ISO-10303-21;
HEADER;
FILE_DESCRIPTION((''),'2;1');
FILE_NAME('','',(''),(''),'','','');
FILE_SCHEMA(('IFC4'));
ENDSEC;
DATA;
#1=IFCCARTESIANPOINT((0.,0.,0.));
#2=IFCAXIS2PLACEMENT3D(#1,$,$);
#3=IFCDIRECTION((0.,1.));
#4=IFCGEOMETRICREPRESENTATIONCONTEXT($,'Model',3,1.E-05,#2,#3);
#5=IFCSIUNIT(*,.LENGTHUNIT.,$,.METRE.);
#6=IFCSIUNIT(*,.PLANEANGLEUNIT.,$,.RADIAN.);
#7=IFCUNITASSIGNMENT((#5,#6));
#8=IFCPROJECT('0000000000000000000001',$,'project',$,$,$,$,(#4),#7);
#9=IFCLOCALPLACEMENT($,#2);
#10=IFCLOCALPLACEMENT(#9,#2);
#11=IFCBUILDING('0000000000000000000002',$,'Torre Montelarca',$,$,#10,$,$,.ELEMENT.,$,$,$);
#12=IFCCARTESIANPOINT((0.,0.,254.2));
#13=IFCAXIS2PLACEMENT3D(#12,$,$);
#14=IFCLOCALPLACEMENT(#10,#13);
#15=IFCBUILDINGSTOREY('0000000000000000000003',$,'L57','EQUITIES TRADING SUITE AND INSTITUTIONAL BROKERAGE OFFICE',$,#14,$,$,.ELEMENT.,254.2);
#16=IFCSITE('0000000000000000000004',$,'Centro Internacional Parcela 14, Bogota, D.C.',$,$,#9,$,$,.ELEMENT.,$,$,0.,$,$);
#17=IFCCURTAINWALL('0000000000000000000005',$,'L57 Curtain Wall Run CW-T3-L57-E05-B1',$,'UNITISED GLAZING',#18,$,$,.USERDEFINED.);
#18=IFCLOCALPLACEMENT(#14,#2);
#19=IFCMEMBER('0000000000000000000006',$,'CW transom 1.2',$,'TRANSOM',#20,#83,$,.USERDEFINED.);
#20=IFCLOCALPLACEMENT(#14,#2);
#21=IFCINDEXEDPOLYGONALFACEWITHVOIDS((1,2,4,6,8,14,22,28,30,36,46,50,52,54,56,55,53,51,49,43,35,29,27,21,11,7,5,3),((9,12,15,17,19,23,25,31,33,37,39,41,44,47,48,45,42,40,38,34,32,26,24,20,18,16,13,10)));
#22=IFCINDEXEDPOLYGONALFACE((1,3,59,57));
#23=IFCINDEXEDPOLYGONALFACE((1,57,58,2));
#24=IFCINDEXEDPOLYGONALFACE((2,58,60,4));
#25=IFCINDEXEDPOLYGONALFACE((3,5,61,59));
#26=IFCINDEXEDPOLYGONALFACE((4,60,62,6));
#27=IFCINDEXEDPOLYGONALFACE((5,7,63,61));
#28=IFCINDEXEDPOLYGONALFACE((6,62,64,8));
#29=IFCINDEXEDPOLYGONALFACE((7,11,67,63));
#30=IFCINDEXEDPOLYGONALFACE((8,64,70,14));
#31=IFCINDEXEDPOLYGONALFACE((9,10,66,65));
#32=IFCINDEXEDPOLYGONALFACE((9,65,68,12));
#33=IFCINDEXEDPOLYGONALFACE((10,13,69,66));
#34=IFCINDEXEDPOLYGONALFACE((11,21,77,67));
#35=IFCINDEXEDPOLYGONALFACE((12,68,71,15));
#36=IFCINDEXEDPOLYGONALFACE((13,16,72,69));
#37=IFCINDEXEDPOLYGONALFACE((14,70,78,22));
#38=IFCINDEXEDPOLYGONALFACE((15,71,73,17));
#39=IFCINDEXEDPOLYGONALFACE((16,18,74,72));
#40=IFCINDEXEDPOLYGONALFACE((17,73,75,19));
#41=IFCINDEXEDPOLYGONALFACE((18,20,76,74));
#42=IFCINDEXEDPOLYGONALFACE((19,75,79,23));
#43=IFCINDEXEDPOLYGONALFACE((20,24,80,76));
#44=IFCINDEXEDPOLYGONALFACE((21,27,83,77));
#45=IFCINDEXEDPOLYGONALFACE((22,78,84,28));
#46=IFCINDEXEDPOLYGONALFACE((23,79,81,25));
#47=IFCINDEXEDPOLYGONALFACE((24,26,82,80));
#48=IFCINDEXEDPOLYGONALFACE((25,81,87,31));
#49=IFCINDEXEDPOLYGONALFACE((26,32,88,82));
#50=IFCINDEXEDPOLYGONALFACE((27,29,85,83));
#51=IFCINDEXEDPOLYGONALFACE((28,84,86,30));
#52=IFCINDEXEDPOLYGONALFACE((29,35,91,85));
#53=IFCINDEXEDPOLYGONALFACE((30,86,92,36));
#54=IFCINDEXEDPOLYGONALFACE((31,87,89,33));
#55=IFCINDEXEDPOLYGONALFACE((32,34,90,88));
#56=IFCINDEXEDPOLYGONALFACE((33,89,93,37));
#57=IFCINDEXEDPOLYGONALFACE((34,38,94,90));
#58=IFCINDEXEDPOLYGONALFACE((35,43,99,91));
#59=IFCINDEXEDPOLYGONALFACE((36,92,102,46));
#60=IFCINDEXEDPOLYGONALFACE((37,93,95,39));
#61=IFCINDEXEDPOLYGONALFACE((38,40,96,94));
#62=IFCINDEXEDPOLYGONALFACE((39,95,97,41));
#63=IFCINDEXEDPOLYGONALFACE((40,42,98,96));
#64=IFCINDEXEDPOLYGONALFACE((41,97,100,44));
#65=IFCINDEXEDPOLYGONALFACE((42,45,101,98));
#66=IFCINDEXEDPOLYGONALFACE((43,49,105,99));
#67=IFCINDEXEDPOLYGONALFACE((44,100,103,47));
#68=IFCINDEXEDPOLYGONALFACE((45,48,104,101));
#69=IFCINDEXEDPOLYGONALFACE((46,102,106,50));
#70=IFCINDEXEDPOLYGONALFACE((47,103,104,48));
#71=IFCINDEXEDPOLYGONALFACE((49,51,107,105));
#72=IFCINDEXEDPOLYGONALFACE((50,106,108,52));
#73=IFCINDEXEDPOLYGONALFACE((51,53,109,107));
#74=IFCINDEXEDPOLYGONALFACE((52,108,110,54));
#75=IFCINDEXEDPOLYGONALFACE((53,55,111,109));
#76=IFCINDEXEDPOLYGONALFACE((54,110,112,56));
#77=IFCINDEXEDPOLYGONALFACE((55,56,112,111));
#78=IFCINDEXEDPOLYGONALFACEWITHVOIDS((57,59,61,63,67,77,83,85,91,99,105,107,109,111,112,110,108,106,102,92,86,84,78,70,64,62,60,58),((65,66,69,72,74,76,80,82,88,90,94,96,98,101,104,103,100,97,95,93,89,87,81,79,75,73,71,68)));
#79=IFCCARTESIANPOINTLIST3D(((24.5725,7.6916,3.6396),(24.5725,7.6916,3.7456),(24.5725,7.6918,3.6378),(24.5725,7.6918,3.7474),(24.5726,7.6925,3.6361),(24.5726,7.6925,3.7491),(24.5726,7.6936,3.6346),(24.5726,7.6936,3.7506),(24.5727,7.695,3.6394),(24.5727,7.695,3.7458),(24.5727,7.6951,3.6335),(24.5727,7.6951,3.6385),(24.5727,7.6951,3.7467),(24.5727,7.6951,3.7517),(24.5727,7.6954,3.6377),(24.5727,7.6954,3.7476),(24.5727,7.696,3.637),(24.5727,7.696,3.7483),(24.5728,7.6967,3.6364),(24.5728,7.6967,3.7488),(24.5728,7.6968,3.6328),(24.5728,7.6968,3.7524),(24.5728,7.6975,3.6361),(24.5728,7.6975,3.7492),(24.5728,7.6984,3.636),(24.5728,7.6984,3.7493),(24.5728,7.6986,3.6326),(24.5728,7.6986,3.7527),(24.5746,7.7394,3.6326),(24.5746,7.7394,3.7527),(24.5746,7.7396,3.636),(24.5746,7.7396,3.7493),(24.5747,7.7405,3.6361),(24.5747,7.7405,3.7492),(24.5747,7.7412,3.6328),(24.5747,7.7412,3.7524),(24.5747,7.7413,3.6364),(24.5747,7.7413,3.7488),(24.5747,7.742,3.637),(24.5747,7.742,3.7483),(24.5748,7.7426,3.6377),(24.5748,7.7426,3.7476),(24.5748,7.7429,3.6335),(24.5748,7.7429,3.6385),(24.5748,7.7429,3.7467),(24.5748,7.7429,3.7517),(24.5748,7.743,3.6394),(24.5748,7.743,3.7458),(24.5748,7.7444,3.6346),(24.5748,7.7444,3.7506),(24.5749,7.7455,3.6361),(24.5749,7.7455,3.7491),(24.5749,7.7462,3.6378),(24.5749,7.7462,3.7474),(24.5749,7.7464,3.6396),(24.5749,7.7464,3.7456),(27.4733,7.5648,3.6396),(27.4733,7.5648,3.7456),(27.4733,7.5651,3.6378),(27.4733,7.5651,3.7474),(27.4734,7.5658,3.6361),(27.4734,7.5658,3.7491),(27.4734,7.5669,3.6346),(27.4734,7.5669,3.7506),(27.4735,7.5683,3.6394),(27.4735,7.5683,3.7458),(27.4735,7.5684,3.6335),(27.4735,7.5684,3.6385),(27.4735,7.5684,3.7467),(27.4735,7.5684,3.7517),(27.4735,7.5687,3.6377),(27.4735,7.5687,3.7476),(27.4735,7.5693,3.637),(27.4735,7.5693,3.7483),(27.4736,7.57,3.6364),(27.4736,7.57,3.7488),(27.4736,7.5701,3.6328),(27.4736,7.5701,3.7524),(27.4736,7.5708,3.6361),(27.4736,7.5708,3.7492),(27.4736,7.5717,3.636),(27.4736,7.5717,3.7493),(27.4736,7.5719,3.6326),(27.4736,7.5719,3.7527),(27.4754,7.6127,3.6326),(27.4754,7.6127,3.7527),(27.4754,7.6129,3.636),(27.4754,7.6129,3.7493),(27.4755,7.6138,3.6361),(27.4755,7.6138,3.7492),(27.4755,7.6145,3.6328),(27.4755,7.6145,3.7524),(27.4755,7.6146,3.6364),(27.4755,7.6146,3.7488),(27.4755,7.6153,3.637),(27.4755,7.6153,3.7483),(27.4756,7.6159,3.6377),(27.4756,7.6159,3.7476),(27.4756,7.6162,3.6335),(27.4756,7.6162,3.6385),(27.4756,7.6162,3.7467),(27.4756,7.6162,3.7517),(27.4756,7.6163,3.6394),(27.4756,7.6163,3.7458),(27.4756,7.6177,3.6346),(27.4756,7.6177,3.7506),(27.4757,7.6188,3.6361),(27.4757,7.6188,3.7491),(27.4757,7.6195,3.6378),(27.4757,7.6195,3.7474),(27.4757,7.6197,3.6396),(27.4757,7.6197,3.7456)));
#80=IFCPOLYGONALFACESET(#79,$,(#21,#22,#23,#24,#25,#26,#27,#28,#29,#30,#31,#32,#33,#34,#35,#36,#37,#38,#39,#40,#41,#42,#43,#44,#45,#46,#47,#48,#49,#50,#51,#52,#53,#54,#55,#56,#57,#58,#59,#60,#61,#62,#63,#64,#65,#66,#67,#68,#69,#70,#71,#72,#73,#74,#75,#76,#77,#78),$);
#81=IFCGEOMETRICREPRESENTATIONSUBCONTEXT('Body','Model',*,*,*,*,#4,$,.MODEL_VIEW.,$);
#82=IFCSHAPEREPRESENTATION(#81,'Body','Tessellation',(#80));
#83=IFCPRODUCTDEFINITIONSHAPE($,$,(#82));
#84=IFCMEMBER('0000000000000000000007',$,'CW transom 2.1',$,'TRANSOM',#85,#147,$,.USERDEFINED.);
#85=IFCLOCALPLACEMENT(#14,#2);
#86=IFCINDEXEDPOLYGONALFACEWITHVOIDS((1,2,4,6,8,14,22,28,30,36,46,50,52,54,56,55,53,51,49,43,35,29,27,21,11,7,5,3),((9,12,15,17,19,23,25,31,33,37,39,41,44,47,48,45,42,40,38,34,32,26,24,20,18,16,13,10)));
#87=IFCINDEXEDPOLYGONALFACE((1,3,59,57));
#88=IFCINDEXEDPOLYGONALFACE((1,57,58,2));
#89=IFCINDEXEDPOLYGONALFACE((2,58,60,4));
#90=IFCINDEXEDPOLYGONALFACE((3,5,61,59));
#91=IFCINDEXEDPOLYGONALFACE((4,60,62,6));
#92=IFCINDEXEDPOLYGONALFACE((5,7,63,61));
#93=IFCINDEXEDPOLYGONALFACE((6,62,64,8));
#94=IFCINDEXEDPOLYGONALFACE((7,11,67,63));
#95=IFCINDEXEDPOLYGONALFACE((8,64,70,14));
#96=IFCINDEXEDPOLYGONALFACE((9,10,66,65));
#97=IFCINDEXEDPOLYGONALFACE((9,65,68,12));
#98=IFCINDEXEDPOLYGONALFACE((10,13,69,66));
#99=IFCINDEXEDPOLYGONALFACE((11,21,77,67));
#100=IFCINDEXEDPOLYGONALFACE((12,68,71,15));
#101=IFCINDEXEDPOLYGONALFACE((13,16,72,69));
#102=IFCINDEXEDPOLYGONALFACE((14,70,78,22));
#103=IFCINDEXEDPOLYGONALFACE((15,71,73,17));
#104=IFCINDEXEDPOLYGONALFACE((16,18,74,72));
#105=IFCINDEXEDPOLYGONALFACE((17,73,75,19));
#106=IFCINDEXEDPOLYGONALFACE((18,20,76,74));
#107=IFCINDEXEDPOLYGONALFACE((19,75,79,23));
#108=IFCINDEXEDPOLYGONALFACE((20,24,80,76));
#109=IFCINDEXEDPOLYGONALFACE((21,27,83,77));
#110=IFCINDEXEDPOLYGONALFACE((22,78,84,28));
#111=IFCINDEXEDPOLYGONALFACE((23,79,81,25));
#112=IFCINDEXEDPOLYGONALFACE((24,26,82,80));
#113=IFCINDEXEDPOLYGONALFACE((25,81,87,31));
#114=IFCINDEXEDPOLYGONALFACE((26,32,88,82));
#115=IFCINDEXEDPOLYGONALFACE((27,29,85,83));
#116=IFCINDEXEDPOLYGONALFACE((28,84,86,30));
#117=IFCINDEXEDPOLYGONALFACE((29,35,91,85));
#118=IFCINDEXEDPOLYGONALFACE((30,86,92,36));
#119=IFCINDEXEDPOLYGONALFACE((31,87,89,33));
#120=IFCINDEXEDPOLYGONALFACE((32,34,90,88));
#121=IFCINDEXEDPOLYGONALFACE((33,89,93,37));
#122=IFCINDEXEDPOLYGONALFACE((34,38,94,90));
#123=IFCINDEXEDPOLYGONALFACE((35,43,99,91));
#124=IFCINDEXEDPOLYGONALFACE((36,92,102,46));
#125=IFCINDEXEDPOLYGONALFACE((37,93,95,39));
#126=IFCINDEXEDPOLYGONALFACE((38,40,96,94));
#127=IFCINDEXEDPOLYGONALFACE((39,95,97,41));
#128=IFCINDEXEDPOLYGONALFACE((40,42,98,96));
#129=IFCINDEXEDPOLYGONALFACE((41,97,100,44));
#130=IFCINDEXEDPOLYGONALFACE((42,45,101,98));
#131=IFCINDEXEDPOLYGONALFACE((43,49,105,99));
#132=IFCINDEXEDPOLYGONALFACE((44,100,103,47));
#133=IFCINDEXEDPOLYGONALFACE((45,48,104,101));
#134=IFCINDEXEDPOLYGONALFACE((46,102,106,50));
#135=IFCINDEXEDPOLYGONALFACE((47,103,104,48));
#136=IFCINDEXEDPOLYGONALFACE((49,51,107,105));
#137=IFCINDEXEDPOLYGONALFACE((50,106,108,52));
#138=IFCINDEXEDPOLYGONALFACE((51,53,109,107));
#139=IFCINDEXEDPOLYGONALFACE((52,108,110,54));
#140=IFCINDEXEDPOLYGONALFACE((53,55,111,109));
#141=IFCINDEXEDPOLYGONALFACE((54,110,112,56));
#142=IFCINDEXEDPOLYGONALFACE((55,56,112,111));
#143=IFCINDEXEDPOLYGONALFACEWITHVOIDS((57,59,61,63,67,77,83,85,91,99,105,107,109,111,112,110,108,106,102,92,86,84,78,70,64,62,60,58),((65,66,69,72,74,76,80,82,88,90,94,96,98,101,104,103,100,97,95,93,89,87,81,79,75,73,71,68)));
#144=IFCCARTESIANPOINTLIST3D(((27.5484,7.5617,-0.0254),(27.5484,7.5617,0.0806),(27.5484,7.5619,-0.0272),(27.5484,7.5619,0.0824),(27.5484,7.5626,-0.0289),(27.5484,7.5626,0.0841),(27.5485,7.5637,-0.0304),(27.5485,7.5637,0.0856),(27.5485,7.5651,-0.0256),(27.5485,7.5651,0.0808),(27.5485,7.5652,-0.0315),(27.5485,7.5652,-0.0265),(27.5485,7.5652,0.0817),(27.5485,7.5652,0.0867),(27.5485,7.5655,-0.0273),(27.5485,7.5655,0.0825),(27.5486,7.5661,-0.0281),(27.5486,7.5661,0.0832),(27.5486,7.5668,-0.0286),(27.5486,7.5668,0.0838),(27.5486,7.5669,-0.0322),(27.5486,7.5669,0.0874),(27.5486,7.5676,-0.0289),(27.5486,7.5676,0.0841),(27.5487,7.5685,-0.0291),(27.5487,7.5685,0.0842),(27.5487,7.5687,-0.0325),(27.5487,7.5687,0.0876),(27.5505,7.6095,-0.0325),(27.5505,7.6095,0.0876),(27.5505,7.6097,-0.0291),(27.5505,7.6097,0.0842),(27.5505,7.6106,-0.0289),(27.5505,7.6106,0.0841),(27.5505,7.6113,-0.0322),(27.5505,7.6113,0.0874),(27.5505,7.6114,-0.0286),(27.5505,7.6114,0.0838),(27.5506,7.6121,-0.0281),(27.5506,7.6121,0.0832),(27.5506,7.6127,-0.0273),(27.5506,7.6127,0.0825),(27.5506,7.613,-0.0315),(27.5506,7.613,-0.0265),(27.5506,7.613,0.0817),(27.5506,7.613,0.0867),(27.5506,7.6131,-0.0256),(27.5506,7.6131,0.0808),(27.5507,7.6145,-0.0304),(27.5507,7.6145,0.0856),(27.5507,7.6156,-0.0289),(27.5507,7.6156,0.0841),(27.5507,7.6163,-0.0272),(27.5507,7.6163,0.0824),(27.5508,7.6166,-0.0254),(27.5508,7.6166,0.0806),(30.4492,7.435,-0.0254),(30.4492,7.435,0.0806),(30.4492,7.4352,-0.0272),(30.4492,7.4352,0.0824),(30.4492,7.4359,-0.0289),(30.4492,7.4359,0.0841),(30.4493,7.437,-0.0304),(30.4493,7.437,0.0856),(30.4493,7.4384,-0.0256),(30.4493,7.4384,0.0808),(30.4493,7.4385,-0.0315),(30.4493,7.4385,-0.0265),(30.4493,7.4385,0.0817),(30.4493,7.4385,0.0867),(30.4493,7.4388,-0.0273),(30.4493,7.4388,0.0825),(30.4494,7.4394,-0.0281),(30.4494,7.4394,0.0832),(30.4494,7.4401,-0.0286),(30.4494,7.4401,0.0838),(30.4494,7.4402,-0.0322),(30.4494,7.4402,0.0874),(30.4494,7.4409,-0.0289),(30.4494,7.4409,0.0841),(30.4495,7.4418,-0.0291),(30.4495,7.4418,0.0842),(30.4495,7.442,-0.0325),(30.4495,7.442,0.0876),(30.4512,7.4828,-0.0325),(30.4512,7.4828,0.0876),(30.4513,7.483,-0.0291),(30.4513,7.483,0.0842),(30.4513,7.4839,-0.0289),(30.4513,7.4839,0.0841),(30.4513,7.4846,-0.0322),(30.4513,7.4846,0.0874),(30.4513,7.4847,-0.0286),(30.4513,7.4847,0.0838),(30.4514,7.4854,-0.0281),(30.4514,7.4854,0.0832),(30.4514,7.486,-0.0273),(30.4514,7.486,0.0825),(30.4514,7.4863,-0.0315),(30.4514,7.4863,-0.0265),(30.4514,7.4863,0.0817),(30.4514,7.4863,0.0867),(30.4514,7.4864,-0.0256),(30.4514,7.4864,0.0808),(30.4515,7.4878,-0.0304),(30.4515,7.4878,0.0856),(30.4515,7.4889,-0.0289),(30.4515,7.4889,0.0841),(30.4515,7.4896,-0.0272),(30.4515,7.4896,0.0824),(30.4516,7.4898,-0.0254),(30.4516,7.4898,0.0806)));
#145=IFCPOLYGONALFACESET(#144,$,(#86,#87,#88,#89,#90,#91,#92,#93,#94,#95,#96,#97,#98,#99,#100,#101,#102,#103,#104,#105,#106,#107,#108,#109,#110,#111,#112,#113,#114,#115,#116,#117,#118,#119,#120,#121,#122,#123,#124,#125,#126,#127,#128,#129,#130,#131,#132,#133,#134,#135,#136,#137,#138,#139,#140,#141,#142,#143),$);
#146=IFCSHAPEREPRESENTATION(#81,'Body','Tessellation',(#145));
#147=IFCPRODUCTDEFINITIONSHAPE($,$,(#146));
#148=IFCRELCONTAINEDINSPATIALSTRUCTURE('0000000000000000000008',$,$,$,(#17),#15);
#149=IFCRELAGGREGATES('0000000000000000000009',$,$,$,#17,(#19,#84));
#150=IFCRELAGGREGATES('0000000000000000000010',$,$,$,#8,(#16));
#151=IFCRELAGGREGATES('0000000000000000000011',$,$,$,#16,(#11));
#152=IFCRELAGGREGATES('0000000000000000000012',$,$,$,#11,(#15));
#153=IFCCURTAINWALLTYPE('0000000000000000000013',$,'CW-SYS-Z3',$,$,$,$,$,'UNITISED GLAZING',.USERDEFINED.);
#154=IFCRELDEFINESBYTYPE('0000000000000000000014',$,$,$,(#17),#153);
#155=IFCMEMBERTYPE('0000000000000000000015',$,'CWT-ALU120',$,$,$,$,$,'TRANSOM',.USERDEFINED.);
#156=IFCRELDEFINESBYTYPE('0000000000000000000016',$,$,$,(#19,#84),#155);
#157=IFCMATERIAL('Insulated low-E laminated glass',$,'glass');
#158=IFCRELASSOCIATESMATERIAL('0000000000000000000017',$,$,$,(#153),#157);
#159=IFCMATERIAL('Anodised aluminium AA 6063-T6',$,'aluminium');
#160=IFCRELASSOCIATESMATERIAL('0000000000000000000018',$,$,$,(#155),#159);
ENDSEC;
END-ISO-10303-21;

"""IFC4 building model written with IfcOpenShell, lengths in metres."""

from ifc_helpers import new_model, si_unit, direction, frame, origin, origin_2d, place, context, subcontext, project, spatial, hollow_rectangle, extrude, source, transform, mapped, material, material_profile, profile_set, type_object, element, aggregate, save


model = new_model("IFC4")

# Units and contexts
model_context = context("Model", 3, precision=1e-05, world=origin(), true_north=direction((0.0, 1.0)))
body_context = subcontext(model_context, "Body", "Model", "MODEL_VIEW")
ifc_project = project(units=[si_unit("LENGTHUNIT", "METRE"), si_unit("PLANEANGLEUNIT", "RADIAN")], contexts=[model_context])

# Site, building, storey
site_placement = place(None, origin())
site = spatial("IfcSite", under=ifc_project, at=site_placement, Name="Centro Internacional Parcela 14, Bogota, D.C.", CompositionType="ELEMENT", RefElevation=0.0)
building_placement = place(site_placement, origin())
building = spatial("IfcBuilding", under=site, at=building_placement, Name="Torre Montelarca", CompositionType="ELEMENT")
storey_placement = place(building_placement, frame((0.0, 0.0, 254.2)))
storey = spatial("IfcBuildingStorey", under=building, at=storey_placement, Name="L57", Description="EQUITIES TRADING SUITE AND INSTITUTIONAL BROKERAGE OFFICE", CompositionType="ELEMENT", Elevation=254.2)

# Curtain wall, members
ifc_material_1 = material(Name="Insulated low-E laminated glass", Category="glass")
curtain_wall_type = type_object("IfcCurtainWallType", Name="CW-SYS-Z3", ElementType="UNITISED GLAZING", PredefinedType="USERDEFINED", material=ifc_material_1)
curtain_wall_1_placement = place(storey_placement, origin())
curtain_wall_1 = element("IfcCurtainWall", 1, at=curtain_wall_1_placement, inside=storey, type_object=curtain_wall_type, Name="L57 Curtain Wall Run CW-T3-L57-E05-B1", ObjectType="UNITISED GLAZING", PredefinedType="USERDEFINED")
ifc_material_2 = material(Name="Anodised aluminium AA 6063-T6", Category="aluminium")
ifc_material_profile_1 = material_profile(ifc_material_2, hollow_rectangle(XDim=0.0549, YDim=0.1201, WallThickness=0.0034, InnerFilletRadius=0.0034, OuterFilletRadius=0.0071, at=origin_2d()), Name="ALU55X120X3.5", Category="aluminium")
ifc_profile_set_1 = profile_set([ifc_material_profile_1], Name="Anodised aluminium AA 6063-T6")
member_type_1 = type_object("IfcMemberType", Name="CWT-ALU120", ElementType="TRANSOM", PredefinedType="USERDEFINED", material=ifc_profile_set_1)
shared_shape_1 = source(origin(), body_context, "Body", "SweptSolid", [
    extrude(hollow_rectangle(XDim=0.0549, YDim=0.1201, WallThickness=0.0034, InnerFilletRadius=0.0034, OuterFilletRadius=0.0071, at=origin_2d()), origin(), (0.0, 0.0, 1.0), 2.9036),
])
member_1_placement = place(storey_placement, frame((24.5737, 7.719, 3.6926), z_axis=(0.999047, -0.043638, 0.0), x_axis=(0.043638, 0.999047, 0.0)))
member_1 = element("IfcMember", 2, at=member_1_placement, type_object=member_type_1, Name="CW transom 1.2", ObjectType="TRANSOM", PredefinedType="USERDEFINED", context=body_context, shape_type="MappedRepresentation", body=[
    mapped(shared_shape_1, transform((0.0, 0.0, 0.0), scale=1.0)),
])
member_2_placement = place(storey_placement, frame((27.5496, 7.5891, 0.0276), z_axis=(0.999047, -0.043638, 0.0), x_axis=(0.043638, 0.999047, 0.0)))
member_2 = element("IfcMember", 3, at=member_2_placement, type_object=member_type_1, Name="CW transom 2.1", ObjectType="TRANSOM", PredefinedType="USERDEFINED", context=body_context, shape_type="MappedRepresentation", body=[
    mapped(shared_shape_1, transform((0.0, 0.0, 0.0), scale=1.0)),
])

aggregate(curtain_wall_1, [member_1, member_2])

save(model, "model.ifc")
